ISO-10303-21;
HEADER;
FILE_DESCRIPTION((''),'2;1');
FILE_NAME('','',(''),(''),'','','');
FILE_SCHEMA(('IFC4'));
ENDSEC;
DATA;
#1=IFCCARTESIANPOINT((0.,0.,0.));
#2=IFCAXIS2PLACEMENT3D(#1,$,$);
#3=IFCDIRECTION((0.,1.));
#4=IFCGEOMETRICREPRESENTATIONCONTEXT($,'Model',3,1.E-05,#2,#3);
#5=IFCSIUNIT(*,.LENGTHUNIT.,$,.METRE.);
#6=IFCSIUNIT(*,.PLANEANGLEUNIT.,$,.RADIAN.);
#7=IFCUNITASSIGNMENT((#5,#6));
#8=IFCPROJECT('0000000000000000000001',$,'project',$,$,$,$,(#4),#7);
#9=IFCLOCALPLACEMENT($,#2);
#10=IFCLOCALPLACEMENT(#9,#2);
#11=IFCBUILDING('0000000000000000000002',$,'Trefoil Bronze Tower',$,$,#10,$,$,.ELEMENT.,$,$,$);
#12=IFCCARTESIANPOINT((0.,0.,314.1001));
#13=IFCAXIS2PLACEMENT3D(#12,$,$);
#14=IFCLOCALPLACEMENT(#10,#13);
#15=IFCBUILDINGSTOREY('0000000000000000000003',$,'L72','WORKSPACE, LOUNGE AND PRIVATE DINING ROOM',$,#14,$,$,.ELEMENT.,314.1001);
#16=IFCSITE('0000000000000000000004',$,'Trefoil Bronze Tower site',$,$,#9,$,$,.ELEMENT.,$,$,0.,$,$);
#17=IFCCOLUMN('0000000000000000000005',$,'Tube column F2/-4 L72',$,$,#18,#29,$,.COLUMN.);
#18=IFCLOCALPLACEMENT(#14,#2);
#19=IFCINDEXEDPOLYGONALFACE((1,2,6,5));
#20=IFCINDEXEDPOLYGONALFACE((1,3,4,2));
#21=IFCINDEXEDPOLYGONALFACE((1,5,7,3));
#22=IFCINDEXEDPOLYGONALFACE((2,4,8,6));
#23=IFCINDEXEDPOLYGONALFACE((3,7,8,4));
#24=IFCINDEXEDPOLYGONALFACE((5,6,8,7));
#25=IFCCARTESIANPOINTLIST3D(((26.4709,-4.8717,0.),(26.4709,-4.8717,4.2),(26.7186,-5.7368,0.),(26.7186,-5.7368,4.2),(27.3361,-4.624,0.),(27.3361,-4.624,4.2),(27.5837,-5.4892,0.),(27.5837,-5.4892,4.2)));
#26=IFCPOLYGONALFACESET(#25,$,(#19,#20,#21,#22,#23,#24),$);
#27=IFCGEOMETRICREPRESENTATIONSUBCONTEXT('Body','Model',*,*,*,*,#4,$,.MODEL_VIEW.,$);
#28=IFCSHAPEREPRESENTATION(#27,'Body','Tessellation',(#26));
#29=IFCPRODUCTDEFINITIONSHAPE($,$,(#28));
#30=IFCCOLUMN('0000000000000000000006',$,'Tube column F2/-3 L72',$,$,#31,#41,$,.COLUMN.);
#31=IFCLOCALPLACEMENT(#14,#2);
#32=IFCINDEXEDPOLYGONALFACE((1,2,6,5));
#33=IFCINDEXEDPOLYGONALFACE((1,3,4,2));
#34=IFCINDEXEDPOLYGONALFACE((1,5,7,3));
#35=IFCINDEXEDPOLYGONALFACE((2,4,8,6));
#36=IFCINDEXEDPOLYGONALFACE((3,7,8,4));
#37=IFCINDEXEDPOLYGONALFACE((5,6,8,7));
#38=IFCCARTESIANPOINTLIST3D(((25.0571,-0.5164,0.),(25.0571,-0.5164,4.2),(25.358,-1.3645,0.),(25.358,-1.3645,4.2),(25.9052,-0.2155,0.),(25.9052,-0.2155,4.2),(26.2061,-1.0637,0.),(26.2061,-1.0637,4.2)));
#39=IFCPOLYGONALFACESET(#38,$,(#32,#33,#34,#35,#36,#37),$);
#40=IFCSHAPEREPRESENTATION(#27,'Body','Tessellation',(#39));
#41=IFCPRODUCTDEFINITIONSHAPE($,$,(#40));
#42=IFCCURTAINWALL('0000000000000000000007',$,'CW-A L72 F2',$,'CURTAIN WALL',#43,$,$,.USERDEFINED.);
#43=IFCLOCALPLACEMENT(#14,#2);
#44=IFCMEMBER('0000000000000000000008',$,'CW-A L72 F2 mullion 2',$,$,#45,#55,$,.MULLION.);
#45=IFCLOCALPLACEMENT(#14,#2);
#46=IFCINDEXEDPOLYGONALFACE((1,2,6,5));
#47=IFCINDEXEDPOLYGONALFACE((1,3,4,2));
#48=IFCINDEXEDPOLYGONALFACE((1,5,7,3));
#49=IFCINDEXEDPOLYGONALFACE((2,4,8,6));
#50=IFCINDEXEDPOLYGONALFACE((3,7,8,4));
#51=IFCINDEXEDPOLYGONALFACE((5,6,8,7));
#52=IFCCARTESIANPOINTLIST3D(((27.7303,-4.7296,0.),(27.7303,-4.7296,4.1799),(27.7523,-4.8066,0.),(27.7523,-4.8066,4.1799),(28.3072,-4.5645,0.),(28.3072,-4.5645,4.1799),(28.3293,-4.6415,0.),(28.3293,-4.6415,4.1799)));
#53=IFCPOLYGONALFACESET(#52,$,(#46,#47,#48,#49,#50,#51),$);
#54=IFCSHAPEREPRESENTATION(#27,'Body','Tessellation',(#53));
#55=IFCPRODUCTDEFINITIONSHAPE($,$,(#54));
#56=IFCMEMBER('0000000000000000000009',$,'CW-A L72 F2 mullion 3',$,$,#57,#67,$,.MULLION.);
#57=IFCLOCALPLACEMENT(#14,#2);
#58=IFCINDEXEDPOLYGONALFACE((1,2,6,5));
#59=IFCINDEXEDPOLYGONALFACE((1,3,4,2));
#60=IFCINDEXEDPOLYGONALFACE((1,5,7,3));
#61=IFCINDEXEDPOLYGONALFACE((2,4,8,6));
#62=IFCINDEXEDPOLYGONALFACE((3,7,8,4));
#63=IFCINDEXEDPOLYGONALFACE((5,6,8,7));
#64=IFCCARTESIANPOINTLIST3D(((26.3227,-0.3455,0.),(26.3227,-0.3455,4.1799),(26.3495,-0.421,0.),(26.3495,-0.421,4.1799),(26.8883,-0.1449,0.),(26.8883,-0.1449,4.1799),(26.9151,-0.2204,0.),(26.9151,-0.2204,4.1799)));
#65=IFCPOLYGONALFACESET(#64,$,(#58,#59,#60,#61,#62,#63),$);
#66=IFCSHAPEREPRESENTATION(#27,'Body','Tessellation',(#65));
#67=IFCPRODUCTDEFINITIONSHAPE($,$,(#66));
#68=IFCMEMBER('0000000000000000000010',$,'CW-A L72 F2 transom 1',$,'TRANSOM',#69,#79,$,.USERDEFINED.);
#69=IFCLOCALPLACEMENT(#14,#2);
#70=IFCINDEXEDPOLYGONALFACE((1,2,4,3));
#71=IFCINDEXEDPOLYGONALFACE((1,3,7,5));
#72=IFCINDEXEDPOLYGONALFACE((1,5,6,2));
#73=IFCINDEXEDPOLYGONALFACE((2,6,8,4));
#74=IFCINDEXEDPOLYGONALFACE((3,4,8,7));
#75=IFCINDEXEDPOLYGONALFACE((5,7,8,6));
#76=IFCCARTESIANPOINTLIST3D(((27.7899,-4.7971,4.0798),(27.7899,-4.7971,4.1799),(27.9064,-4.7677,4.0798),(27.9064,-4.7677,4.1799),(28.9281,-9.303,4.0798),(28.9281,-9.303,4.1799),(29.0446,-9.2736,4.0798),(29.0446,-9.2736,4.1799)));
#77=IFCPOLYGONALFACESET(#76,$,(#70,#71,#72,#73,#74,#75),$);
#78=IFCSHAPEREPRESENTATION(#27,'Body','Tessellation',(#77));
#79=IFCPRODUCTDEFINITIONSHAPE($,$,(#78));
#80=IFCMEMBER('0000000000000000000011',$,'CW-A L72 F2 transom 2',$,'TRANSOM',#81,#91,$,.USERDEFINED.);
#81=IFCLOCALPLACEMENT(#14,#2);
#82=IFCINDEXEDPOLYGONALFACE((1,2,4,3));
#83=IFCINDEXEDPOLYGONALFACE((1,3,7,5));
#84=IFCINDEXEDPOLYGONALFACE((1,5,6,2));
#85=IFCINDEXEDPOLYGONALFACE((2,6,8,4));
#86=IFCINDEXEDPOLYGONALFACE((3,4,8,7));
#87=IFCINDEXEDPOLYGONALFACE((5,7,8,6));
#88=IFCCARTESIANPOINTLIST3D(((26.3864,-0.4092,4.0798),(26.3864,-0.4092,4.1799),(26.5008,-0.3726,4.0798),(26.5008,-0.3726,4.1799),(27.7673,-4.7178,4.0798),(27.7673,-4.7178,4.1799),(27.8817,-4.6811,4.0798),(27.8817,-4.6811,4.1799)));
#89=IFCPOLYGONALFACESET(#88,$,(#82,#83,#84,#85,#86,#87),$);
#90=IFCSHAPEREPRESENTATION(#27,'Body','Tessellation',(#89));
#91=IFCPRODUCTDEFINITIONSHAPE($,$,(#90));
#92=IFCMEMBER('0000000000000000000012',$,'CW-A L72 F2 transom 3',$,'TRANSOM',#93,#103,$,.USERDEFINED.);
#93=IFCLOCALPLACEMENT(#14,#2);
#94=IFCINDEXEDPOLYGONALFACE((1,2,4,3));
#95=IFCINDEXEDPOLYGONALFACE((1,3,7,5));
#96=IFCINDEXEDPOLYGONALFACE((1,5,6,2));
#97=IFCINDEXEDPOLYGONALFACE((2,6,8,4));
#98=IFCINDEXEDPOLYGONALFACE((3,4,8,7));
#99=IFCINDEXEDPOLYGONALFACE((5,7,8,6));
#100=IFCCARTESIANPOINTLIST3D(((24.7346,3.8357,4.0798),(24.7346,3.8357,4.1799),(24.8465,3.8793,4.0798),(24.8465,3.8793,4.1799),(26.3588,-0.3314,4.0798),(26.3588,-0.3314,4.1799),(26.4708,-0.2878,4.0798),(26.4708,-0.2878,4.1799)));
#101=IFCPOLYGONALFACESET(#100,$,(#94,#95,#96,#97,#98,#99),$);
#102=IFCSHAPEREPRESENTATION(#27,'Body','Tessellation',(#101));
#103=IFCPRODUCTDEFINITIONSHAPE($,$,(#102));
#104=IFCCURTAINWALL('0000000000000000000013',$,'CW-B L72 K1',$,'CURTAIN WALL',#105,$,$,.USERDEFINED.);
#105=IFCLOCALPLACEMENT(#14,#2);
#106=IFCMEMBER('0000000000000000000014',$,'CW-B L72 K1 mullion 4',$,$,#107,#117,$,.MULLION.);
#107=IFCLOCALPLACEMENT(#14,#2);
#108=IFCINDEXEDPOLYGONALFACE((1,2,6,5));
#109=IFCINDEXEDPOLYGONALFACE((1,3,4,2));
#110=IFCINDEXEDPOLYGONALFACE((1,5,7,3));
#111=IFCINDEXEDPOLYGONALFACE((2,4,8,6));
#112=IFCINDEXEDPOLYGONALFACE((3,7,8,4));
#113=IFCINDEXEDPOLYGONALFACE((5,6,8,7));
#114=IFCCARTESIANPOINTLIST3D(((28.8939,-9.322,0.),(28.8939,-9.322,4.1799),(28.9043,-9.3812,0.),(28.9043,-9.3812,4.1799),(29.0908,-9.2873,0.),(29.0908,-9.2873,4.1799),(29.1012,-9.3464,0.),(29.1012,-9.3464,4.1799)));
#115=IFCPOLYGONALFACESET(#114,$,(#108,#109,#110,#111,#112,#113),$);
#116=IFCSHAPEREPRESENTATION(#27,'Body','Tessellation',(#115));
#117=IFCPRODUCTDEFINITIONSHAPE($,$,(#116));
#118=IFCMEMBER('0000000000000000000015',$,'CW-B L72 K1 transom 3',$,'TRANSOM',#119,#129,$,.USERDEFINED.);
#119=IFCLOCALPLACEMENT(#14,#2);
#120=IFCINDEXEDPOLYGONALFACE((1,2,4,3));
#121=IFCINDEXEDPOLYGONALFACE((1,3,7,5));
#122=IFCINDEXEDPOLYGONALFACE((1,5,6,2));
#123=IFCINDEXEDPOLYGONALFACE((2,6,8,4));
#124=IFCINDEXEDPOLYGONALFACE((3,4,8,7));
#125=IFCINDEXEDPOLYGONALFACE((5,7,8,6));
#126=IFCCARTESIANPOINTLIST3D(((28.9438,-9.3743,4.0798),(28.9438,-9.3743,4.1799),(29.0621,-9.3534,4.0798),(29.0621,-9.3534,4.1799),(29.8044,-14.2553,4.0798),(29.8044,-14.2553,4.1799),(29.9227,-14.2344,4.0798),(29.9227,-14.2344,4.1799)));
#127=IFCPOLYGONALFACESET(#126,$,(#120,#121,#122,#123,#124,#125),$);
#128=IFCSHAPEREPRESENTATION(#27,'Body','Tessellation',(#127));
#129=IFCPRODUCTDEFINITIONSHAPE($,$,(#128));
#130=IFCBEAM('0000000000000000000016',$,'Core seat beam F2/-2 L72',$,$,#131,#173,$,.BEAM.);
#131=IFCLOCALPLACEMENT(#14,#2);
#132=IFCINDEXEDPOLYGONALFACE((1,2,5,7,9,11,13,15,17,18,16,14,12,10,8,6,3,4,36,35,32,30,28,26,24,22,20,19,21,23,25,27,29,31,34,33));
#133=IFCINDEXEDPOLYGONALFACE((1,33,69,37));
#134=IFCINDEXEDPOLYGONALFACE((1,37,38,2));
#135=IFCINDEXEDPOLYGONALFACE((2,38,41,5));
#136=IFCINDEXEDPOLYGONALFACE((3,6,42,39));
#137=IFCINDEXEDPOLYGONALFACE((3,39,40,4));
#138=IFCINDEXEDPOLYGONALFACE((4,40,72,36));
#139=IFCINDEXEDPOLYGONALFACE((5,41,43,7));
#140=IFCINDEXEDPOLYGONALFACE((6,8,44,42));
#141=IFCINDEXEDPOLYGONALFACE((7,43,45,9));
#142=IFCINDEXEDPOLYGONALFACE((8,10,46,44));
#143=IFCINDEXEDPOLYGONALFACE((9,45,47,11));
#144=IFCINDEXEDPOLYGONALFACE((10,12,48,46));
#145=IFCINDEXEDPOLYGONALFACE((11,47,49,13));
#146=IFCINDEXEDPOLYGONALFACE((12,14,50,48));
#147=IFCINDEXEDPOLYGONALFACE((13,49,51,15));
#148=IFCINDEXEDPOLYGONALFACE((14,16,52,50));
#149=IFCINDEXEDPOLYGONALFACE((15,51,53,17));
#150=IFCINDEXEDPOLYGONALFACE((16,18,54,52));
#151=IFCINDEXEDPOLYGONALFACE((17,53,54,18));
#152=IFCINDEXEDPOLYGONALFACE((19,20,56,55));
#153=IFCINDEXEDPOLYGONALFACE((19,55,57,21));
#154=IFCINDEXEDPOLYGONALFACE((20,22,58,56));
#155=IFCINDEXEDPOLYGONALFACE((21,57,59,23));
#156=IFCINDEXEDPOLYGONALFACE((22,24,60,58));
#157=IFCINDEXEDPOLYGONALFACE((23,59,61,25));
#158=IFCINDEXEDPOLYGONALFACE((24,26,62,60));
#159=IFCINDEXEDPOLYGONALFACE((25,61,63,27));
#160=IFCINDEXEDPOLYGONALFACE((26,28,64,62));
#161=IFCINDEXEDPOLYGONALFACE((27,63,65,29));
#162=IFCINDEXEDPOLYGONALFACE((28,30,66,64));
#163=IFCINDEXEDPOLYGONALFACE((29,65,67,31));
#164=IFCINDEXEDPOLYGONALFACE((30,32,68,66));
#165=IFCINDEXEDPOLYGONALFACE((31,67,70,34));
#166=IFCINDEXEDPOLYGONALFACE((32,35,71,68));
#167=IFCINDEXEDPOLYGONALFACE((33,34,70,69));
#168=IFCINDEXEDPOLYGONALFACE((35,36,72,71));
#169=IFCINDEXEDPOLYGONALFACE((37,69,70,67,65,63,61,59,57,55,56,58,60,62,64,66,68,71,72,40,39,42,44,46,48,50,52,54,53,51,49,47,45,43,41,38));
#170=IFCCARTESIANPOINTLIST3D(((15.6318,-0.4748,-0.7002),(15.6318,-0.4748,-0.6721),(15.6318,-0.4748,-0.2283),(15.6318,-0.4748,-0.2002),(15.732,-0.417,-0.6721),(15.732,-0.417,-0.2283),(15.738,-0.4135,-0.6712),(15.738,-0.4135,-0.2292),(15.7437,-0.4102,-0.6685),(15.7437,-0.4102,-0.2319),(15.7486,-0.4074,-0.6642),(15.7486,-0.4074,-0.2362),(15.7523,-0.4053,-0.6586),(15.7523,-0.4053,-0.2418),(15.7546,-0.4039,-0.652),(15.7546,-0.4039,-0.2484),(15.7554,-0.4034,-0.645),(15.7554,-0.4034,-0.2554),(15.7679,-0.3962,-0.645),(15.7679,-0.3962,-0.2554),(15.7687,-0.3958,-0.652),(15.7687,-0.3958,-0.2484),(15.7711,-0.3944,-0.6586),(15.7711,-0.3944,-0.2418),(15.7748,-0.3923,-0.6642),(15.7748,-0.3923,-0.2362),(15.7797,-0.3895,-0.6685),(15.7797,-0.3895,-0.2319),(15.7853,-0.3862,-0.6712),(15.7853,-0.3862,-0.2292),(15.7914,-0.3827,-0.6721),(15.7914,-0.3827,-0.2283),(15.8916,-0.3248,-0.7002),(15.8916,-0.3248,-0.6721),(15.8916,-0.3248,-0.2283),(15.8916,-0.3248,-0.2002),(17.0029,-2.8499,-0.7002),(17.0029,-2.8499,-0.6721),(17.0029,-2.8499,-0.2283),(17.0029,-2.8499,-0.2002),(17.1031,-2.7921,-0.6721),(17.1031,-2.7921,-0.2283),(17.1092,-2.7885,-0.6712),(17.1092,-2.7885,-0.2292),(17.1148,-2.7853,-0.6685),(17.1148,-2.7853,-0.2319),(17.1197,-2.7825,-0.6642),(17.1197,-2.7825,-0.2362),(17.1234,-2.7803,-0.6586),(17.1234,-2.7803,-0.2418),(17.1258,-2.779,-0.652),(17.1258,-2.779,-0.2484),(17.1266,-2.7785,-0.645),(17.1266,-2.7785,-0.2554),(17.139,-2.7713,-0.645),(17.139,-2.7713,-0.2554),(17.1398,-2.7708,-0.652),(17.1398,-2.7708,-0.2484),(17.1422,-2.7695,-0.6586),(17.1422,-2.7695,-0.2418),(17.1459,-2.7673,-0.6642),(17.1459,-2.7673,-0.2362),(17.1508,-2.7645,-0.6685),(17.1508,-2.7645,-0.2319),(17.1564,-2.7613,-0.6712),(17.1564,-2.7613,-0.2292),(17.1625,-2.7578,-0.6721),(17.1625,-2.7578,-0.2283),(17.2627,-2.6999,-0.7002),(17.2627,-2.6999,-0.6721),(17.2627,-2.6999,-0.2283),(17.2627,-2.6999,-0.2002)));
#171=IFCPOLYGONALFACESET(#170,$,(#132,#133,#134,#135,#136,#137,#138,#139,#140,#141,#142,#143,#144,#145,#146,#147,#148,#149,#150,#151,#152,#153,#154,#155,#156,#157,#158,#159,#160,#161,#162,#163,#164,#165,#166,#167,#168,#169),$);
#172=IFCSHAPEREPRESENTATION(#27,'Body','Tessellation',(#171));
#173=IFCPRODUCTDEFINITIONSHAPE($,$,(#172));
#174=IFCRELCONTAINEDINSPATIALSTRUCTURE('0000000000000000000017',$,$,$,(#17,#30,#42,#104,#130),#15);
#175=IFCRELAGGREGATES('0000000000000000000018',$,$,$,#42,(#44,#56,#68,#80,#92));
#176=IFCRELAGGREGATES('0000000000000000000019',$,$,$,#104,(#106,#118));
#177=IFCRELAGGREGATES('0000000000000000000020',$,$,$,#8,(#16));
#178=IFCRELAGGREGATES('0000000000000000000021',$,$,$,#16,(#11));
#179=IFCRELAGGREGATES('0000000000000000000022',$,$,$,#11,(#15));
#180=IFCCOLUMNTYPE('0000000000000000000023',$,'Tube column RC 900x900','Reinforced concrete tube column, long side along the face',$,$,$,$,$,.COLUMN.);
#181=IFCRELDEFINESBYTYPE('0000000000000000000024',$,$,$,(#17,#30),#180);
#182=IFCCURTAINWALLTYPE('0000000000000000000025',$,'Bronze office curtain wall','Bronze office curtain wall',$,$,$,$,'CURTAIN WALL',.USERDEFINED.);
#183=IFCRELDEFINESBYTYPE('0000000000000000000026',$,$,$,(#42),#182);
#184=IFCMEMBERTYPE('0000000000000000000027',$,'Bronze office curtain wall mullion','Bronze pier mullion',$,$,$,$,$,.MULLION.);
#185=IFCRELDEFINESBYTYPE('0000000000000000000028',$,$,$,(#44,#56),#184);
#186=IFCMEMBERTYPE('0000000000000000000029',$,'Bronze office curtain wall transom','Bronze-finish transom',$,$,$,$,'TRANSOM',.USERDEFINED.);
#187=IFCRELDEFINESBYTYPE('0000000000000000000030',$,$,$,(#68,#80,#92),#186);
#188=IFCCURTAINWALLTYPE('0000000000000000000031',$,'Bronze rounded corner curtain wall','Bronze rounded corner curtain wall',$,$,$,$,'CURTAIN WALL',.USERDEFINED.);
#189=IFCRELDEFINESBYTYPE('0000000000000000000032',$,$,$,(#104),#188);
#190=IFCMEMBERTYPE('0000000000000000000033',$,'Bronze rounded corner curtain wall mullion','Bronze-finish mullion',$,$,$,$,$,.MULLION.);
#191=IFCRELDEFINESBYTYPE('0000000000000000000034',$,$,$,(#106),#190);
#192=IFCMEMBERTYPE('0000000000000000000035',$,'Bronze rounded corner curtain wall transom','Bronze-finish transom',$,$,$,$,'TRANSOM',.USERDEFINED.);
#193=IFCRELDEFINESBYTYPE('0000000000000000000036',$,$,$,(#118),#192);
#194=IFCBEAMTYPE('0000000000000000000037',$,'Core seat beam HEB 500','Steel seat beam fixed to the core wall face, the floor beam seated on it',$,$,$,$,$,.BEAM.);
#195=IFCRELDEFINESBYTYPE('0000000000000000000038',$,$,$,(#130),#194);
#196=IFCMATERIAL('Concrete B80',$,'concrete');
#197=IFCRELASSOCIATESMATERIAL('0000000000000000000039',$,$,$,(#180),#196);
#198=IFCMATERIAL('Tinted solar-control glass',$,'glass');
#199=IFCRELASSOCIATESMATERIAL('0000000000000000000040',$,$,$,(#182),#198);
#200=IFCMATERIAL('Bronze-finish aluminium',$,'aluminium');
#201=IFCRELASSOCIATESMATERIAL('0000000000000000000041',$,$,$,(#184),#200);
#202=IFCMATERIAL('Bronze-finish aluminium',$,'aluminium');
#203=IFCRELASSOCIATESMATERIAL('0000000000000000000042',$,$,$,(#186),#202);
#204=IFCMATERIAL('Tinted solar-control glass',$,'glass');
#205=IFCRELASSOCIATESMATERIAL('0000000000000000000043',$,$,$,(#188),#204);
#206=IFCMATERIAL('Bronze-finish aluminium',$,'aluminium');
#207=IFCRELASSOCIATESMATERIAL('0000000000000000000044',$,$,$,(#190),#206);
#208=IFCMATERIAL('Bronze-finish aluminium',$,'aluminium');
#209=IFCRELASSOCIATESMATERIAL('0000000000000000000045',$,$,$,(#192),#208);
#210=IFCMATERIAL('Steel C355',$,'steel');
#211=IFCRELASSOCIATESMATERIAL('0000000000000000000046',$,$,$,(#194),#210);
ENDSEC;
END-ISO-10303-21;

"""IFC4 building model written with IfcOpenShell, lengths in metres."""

from ifc_helpers import new_model, si_unit, direction, frame, origin, origin_2d, place, context, subcontext, project, spatial, rectangle, i_section, extrude, material, material_profile, profile_set, type_object, element, aggregate, save


model = new_model("IFC4")

# Units and contexts
model_context = context("Model", 3, precision=1e-05, world=origin(), true_north=direction((0.0, 1.0)))
body_context = subcontext(model_context, "Body", "Model", "MODEL_VIEW")
ifc_project = project(units=[si_unit("LENGTHUNIT", "METRE"), si_unit("PLANEANGLEUNIT", "RADIAN")], contexts=[model_context])

# Site, building, storey
site_placement = place(None, origin())
site = spatial("IfcSite", under=ifc_project, at=site_placement, Name="Trefoil Bronze Tower site", CompositionType="ELEMENT", RefElevation=0.0)
building_placement = place(site_placement, origin())
building = spatial("IfcBuilding", under=site, at=building_placement, Name="Trefoil Bronze Tower", CompositionType="ELEMENT")
storey_placement = place(building_placement, frame((0.0, 0.0, 314.1001)))
storey = spatial("IfcBuildingStorey", under=building, at=storey_placement, Name="L72", Description="WORKSPACE, LOUNGE AND PRIVATE DINING ROOM", CompositionType="ELEMENT", Elevation=314.1001)

# Columns
ifc_material_1 = material(Name="Concrete B80", Category="concrete")
ifc_material_profile_1 = material_profile(ifc_material_1, rectangle(XDim=0.8999, YDim=0.8999, at=origin_2d()), Name="RC 900x900")
ifc_profile_set_1 = profile_set([ifc_material_profile_1], Name="Concrete B80")
column_type = type_object("IfcColumnType", Name="Tube column RC 900x900", Description="Reinforced concrete tube column, long side along the face", PredefinedType="COLUMN", material=ifc_profile_set_1)
for number, where, z_axis, x_axis, name in (
    (1, (27.0273, -5.1804, 0.0), (0.0, 0.0, 1.0), (-0.275169, 0.961396, 0.0), "Tube column F2/-4 L72"),
    (2, (25.6316, -0.79, 0.0), (0.0, 0.0, 1.0), (-0.334352, 0.942448, 0.0), "Tube column F2/-3 L72"),
):
    element("IfcColumn", number, at=place(storey_placement, frame(where, z_axis=z_axis, x_axis=x_axis)), inside=storey, type_object=column_type, Name=name, PredefinedType="COLUMN", context=body_context, shape_type="SweptSolid", body=[
        extrude(rectangle(XDim=0.8999, YDim=0.8999, at=origin_2d()), origin(), (0.0, 0.0, 1.0), 4.2),
    ])

# Curtain walls, members
ifc_material_2 = material(Name="Tinted solar-control glass", Category="glass")
curtain_wall_type_1 = type_object("IfcCurtainWallType", Name="Bronze office curtain wall", Description="Bronze office curtain wall", ElementType="CURTAIN WALL", PredefinedType="USERDEFINED", material=ifc_material_2)
curtain_wall_1_placement = place(storey_placement, origin())
curtain_wall_1 = element("IfcCurtainWall", 3, at=curtain_wall_1_placement, inside=storey, type_object=curtain_wall_type_1, Name="CW-A L72 F2", ObjectType="CURTAIN WALL", PredefinedType="USERDEFINED")
ifc_material_3 = material(Name="Bronze-finish aluminium", Category="aluminium")
ifc_material_profile_2 = material_profile(ifc_material_3, rectangle(XDim=0.6001, YDim=0.0801, at=origin_2d()), Name="CW-A mullion")
ifc_profile_set_2 = profile_set([ifc_material_profile_2], Name="Bronze-finish aluminium")
member_type_1 = type_object("IfcMemberType", Name="Bronze office curtain wall mullion", Description="Bronze pier mullion", PredefinedType="MULLION", material=ifc_profile_set_2)
member_1_placement = place(storey_placement, frame((28.0298, -4.6855, 0.0), z_axis=(0.0, 0.0, 1.0), x_axis=(-0.961396, -0.275169, 0.0)))
member_1 = element("IfcMember", 4, at=member_1_placement, type_object=member_type_1, Name="CW-A L72 F2 mullion 2", PredefinedType="MULLION", context=body_context, shape_type="SweptSolid", body=[
    extrude(rectangle(XDim=0.6001, YDim=0.0801, at=origin_2d()), origin(), (0.0, 0.0, 1.0), 4.1799),
])
member_2_placement = place(storey_placement, frame((26.6189, -0.283, 0.0), z_axis=(0.0, 0.0, 1.0), x_axis=(-0.942448, -0.334352, 0.0)))
member_2 = element("IfcMember", 5, at=member_2_placement, type_object=member_type_1, Name="CW-A L72 F2 mullion 3", PredefinedType="MULLION", context=body_context, shape_type="SweptSolid", body=[
    extrude(rectangle(XDim=0.6001, YDim=0.0801, at=origin_2d()), origin(), (0.0, 0.0, 1.0), 4.1799),
])
ifc_material_4 = material(Name="Bronze-finish aluminium", Category="aluminium")
ifc_material_profile_3 = material_profile(ifc_material_4, rectangle(XDim=0.1201, YDim=0.1001, at=origin_2d()), Name="CW-A transom")
ifc_profile_set_3 = profile_set([ifc_material_profile_3], Name="Bronze-finish aluminium")
member_type_2 = type_object("IfcMemberType", Name="Bronze office curtain wall transom", Description="Bronze-finish transom", ElementType="TRANSOM", PredefinedType="USERDEFINED", material=ifc_profile_set_3)
member_3_placement = place(storey_placement, frame((28.9863, -9.2883, 4.1299), z_axis=(-0.244908, 0.969546, 0.0), x_axis=(-0.969546, -0.244908, 0.0)))
member_3 = element("IfcMember", 6, at=member_3_placement, type_object=member_type_2, Name="CW-A L72 F2 transom 1", ObjectType="TRANSOM", PredefinedType="USERDEFINED", context=body_context, shape_type="SweptSolid", body=[
    extrude(rectangle(XDim=0.1201, YDim=0.1001, at=origin_2d()), origin(), (0.0, 0.0, 1.0), 4.6475),
])
member_4_placement = place(storey_placement, frame((27.8245, -4.6995, 4.1299), z_axis=(-0.305199, 0.952289, 0.0), x_axis=(-0.952289, -0.305199, 0.0)))
member_4 = element("IfcMember", 7, at=member_4_placement, type_object=member_type_2, Name="CW-A L72 F2 transom 2", ObjectType="TRANSOM", PredefinedType="USERDEFINED", context=body_context, shape_type="SweptSolid", body=[
    extrude(rectangle(XDim=0.1201, YDim=0.1001, at=origin_2d()), origin(), (0.0, 0.0, 1.0), 4.5244),
])
member_5_placement = place(storey_placement, frame((26.4148, -0.3096, 4.1299), z_axis=(-0.363178, 0.93172, 0.0), x_axis=(-0.93172, -0.363178, 0.0)))
member_5 = element("IfcMember", 8, at=member_5_placement, type_object=member_type_2, Name="CW-A L72 F2 transom 3", ObjectType="TRANSOM", PredefinedType="USERDEFINED", context=body_context, shape_type="SweptSolid", body=[
    extrude(rectangle(XDim=0.1201, YDim=0.1001, at=origin_2d()), origin(), (0.0, 0.0, 1.0), 4.4724),
])
ifc_material_5 = material(Name="Tinted solar-control glass", Category="glass")
curtain_wall_type_2 = type_object("IfcCurtainWallType", Name="Bronze rounded corner curtain wall", Description="Bronze rounded corner curtain wall", ElementType="CURTAIN WALL", PredefinedType="USERDEFINED", material=ifc_material_5)
curtain_wall_2_placement = place(storey_placement, origin())
curtain_wall_2 = element("IfcCurtainWall", 9, at=curtain_wall_2_placement, inside=storey, type_object=curtain_wall_type_2, Name="CW-B L72 K1", ObjectType="CURTAIN WALL", PredefinedType="USERDEFINED")
ifc_material_6 = material(Name="Bronze-finish aluminium", Category="aluminium")
ifc_material_profile_4 = material_profile(ifc_material_6, rectangle(XDim=0.2, YDim=0.0601, at=origin_2d()), Name="CW-B mullion")
ifc_profile_set_4 = profile_set([ifc_material_profile_4], Name="Bronze-finish aluminium")
member_type_3 = type_object("IfcMemberType", Name="Bronze rounded corner curtain wall mullion", Description="Bronze-finish mullion", PredefinedType="MULLION", material=ifc_profile_set_4)
member_6_placement = place(storey_placement, frame((28.9976, -9.3342, 0.0), z_axis=(0.0, 0.0, 1.0), x_axis=(-0.984808, -0.173648, 0.0)))
member_6 = element("IfcMember", 10, at=member_6_placement, type_object=member_type_3, Name="CW-B L72 K1 mullion 4", PredefinedType="MULLION", context=body_context, shape_type="SweptSolid", body=[
    extrude(rectangle(XDim=0.2, YDim=0.0601, at=origin_2d()), origin(), (0.0, 0.0, 1.0), 4.1799),
])
ifc_material_7 = material(Name="Bronze-finish aluminium", Category="aluminium")
ifc_material_profile_5 = material_profile(ifc_material_7, rectangle(XDim=0.1201, YDim=0.1001, at=origin_2d()), Name="CW-B transom")
ifc_profile_set_5 = profile_set([ifc_material_profile_5], Name="Bronze-finish aluminium")
member_type_4 = type_object("IfcMemberType", Name="Bronze rounded corner curtain wall transom", Description="Bronze-finish transom", ElementType="TRANSOM", PredefinedType="USERDEFINED", material=ifc_profile_set_5)
member_7_placement = place(storey_placement, frame((29.8635, -14.2449, 4.1299), z_axis=(-0.173634, 0.98481, 0.0), x_axis=(-0.98481, -0.173634, 0.0)))
member_7 = element("IfcMember", 11, at=member_7_placement, type_object=member_type_4, Name="CW-B L72 K1 transom 3", ObjectType="TRANSOM", PredefinedType="USERDEFINED", context=body_context, shape_type="SweptSolid", body=[
    extrude(rectangle(XDim=0.1201, YDim=0.1001, at=origin_2d()), origin(), (0.0, 0.0, 1.0), 4.9563),
])

# Beam
ifc_material_8 = material(Name="Steel C355", Category="steel")
ifc_material_profile_6 = material_profile(ifc_material_8, i_section(OverallWidth=0.3, OverallDepth=0.5, WebThickness=0.0144, FlangeThickness=0.0281, FilletRadius=0.0271, at=origin_2d()), Name="HEB 500")
ifc_profile_set_6 = profile_set([ifc_material_profile_6], Name="Steel C355")
beam_type_1 = type_object("IfcBeamType", Name="Core seat beam HEB 500", Description="Steel seat beam fixed to the core wall face, the floor beam seated on it", PredefinedType="BEAM", material=ifc_profile_set_6)
beam_1_placement = place(storey_placement, frame((17.1328, -2.7749, -0.4502), z_axis=(-0.499969, 0.866043, 0.0), x_axis=(-0.866043, -0.499969, 0.0)))
element("IfcBeam", 12, at=beam_1_placement, inside=storey, type_object=beam_type_1, Name="Core seat beam F2/-2 L72", PredefinedType="BEAM", context=body_context, shape_type="SweptSolid", body=[
    extrude(i_section(OverallWidth=0.3, OverallDepth=0.5, WebThickness=0.0144, FlangeThickness=0.0281, FilletRadius=0.0271, at=origin_2d()), origin(), (0.0, 0.0, 1.0), 2.7424),
])

aggregate(curtain_wall_1, [member_1, member_2, member_3, member_4, member_5])
aggregate(curtain_wall_2, [member_6, member_7])

save(model, "model.ifc")
